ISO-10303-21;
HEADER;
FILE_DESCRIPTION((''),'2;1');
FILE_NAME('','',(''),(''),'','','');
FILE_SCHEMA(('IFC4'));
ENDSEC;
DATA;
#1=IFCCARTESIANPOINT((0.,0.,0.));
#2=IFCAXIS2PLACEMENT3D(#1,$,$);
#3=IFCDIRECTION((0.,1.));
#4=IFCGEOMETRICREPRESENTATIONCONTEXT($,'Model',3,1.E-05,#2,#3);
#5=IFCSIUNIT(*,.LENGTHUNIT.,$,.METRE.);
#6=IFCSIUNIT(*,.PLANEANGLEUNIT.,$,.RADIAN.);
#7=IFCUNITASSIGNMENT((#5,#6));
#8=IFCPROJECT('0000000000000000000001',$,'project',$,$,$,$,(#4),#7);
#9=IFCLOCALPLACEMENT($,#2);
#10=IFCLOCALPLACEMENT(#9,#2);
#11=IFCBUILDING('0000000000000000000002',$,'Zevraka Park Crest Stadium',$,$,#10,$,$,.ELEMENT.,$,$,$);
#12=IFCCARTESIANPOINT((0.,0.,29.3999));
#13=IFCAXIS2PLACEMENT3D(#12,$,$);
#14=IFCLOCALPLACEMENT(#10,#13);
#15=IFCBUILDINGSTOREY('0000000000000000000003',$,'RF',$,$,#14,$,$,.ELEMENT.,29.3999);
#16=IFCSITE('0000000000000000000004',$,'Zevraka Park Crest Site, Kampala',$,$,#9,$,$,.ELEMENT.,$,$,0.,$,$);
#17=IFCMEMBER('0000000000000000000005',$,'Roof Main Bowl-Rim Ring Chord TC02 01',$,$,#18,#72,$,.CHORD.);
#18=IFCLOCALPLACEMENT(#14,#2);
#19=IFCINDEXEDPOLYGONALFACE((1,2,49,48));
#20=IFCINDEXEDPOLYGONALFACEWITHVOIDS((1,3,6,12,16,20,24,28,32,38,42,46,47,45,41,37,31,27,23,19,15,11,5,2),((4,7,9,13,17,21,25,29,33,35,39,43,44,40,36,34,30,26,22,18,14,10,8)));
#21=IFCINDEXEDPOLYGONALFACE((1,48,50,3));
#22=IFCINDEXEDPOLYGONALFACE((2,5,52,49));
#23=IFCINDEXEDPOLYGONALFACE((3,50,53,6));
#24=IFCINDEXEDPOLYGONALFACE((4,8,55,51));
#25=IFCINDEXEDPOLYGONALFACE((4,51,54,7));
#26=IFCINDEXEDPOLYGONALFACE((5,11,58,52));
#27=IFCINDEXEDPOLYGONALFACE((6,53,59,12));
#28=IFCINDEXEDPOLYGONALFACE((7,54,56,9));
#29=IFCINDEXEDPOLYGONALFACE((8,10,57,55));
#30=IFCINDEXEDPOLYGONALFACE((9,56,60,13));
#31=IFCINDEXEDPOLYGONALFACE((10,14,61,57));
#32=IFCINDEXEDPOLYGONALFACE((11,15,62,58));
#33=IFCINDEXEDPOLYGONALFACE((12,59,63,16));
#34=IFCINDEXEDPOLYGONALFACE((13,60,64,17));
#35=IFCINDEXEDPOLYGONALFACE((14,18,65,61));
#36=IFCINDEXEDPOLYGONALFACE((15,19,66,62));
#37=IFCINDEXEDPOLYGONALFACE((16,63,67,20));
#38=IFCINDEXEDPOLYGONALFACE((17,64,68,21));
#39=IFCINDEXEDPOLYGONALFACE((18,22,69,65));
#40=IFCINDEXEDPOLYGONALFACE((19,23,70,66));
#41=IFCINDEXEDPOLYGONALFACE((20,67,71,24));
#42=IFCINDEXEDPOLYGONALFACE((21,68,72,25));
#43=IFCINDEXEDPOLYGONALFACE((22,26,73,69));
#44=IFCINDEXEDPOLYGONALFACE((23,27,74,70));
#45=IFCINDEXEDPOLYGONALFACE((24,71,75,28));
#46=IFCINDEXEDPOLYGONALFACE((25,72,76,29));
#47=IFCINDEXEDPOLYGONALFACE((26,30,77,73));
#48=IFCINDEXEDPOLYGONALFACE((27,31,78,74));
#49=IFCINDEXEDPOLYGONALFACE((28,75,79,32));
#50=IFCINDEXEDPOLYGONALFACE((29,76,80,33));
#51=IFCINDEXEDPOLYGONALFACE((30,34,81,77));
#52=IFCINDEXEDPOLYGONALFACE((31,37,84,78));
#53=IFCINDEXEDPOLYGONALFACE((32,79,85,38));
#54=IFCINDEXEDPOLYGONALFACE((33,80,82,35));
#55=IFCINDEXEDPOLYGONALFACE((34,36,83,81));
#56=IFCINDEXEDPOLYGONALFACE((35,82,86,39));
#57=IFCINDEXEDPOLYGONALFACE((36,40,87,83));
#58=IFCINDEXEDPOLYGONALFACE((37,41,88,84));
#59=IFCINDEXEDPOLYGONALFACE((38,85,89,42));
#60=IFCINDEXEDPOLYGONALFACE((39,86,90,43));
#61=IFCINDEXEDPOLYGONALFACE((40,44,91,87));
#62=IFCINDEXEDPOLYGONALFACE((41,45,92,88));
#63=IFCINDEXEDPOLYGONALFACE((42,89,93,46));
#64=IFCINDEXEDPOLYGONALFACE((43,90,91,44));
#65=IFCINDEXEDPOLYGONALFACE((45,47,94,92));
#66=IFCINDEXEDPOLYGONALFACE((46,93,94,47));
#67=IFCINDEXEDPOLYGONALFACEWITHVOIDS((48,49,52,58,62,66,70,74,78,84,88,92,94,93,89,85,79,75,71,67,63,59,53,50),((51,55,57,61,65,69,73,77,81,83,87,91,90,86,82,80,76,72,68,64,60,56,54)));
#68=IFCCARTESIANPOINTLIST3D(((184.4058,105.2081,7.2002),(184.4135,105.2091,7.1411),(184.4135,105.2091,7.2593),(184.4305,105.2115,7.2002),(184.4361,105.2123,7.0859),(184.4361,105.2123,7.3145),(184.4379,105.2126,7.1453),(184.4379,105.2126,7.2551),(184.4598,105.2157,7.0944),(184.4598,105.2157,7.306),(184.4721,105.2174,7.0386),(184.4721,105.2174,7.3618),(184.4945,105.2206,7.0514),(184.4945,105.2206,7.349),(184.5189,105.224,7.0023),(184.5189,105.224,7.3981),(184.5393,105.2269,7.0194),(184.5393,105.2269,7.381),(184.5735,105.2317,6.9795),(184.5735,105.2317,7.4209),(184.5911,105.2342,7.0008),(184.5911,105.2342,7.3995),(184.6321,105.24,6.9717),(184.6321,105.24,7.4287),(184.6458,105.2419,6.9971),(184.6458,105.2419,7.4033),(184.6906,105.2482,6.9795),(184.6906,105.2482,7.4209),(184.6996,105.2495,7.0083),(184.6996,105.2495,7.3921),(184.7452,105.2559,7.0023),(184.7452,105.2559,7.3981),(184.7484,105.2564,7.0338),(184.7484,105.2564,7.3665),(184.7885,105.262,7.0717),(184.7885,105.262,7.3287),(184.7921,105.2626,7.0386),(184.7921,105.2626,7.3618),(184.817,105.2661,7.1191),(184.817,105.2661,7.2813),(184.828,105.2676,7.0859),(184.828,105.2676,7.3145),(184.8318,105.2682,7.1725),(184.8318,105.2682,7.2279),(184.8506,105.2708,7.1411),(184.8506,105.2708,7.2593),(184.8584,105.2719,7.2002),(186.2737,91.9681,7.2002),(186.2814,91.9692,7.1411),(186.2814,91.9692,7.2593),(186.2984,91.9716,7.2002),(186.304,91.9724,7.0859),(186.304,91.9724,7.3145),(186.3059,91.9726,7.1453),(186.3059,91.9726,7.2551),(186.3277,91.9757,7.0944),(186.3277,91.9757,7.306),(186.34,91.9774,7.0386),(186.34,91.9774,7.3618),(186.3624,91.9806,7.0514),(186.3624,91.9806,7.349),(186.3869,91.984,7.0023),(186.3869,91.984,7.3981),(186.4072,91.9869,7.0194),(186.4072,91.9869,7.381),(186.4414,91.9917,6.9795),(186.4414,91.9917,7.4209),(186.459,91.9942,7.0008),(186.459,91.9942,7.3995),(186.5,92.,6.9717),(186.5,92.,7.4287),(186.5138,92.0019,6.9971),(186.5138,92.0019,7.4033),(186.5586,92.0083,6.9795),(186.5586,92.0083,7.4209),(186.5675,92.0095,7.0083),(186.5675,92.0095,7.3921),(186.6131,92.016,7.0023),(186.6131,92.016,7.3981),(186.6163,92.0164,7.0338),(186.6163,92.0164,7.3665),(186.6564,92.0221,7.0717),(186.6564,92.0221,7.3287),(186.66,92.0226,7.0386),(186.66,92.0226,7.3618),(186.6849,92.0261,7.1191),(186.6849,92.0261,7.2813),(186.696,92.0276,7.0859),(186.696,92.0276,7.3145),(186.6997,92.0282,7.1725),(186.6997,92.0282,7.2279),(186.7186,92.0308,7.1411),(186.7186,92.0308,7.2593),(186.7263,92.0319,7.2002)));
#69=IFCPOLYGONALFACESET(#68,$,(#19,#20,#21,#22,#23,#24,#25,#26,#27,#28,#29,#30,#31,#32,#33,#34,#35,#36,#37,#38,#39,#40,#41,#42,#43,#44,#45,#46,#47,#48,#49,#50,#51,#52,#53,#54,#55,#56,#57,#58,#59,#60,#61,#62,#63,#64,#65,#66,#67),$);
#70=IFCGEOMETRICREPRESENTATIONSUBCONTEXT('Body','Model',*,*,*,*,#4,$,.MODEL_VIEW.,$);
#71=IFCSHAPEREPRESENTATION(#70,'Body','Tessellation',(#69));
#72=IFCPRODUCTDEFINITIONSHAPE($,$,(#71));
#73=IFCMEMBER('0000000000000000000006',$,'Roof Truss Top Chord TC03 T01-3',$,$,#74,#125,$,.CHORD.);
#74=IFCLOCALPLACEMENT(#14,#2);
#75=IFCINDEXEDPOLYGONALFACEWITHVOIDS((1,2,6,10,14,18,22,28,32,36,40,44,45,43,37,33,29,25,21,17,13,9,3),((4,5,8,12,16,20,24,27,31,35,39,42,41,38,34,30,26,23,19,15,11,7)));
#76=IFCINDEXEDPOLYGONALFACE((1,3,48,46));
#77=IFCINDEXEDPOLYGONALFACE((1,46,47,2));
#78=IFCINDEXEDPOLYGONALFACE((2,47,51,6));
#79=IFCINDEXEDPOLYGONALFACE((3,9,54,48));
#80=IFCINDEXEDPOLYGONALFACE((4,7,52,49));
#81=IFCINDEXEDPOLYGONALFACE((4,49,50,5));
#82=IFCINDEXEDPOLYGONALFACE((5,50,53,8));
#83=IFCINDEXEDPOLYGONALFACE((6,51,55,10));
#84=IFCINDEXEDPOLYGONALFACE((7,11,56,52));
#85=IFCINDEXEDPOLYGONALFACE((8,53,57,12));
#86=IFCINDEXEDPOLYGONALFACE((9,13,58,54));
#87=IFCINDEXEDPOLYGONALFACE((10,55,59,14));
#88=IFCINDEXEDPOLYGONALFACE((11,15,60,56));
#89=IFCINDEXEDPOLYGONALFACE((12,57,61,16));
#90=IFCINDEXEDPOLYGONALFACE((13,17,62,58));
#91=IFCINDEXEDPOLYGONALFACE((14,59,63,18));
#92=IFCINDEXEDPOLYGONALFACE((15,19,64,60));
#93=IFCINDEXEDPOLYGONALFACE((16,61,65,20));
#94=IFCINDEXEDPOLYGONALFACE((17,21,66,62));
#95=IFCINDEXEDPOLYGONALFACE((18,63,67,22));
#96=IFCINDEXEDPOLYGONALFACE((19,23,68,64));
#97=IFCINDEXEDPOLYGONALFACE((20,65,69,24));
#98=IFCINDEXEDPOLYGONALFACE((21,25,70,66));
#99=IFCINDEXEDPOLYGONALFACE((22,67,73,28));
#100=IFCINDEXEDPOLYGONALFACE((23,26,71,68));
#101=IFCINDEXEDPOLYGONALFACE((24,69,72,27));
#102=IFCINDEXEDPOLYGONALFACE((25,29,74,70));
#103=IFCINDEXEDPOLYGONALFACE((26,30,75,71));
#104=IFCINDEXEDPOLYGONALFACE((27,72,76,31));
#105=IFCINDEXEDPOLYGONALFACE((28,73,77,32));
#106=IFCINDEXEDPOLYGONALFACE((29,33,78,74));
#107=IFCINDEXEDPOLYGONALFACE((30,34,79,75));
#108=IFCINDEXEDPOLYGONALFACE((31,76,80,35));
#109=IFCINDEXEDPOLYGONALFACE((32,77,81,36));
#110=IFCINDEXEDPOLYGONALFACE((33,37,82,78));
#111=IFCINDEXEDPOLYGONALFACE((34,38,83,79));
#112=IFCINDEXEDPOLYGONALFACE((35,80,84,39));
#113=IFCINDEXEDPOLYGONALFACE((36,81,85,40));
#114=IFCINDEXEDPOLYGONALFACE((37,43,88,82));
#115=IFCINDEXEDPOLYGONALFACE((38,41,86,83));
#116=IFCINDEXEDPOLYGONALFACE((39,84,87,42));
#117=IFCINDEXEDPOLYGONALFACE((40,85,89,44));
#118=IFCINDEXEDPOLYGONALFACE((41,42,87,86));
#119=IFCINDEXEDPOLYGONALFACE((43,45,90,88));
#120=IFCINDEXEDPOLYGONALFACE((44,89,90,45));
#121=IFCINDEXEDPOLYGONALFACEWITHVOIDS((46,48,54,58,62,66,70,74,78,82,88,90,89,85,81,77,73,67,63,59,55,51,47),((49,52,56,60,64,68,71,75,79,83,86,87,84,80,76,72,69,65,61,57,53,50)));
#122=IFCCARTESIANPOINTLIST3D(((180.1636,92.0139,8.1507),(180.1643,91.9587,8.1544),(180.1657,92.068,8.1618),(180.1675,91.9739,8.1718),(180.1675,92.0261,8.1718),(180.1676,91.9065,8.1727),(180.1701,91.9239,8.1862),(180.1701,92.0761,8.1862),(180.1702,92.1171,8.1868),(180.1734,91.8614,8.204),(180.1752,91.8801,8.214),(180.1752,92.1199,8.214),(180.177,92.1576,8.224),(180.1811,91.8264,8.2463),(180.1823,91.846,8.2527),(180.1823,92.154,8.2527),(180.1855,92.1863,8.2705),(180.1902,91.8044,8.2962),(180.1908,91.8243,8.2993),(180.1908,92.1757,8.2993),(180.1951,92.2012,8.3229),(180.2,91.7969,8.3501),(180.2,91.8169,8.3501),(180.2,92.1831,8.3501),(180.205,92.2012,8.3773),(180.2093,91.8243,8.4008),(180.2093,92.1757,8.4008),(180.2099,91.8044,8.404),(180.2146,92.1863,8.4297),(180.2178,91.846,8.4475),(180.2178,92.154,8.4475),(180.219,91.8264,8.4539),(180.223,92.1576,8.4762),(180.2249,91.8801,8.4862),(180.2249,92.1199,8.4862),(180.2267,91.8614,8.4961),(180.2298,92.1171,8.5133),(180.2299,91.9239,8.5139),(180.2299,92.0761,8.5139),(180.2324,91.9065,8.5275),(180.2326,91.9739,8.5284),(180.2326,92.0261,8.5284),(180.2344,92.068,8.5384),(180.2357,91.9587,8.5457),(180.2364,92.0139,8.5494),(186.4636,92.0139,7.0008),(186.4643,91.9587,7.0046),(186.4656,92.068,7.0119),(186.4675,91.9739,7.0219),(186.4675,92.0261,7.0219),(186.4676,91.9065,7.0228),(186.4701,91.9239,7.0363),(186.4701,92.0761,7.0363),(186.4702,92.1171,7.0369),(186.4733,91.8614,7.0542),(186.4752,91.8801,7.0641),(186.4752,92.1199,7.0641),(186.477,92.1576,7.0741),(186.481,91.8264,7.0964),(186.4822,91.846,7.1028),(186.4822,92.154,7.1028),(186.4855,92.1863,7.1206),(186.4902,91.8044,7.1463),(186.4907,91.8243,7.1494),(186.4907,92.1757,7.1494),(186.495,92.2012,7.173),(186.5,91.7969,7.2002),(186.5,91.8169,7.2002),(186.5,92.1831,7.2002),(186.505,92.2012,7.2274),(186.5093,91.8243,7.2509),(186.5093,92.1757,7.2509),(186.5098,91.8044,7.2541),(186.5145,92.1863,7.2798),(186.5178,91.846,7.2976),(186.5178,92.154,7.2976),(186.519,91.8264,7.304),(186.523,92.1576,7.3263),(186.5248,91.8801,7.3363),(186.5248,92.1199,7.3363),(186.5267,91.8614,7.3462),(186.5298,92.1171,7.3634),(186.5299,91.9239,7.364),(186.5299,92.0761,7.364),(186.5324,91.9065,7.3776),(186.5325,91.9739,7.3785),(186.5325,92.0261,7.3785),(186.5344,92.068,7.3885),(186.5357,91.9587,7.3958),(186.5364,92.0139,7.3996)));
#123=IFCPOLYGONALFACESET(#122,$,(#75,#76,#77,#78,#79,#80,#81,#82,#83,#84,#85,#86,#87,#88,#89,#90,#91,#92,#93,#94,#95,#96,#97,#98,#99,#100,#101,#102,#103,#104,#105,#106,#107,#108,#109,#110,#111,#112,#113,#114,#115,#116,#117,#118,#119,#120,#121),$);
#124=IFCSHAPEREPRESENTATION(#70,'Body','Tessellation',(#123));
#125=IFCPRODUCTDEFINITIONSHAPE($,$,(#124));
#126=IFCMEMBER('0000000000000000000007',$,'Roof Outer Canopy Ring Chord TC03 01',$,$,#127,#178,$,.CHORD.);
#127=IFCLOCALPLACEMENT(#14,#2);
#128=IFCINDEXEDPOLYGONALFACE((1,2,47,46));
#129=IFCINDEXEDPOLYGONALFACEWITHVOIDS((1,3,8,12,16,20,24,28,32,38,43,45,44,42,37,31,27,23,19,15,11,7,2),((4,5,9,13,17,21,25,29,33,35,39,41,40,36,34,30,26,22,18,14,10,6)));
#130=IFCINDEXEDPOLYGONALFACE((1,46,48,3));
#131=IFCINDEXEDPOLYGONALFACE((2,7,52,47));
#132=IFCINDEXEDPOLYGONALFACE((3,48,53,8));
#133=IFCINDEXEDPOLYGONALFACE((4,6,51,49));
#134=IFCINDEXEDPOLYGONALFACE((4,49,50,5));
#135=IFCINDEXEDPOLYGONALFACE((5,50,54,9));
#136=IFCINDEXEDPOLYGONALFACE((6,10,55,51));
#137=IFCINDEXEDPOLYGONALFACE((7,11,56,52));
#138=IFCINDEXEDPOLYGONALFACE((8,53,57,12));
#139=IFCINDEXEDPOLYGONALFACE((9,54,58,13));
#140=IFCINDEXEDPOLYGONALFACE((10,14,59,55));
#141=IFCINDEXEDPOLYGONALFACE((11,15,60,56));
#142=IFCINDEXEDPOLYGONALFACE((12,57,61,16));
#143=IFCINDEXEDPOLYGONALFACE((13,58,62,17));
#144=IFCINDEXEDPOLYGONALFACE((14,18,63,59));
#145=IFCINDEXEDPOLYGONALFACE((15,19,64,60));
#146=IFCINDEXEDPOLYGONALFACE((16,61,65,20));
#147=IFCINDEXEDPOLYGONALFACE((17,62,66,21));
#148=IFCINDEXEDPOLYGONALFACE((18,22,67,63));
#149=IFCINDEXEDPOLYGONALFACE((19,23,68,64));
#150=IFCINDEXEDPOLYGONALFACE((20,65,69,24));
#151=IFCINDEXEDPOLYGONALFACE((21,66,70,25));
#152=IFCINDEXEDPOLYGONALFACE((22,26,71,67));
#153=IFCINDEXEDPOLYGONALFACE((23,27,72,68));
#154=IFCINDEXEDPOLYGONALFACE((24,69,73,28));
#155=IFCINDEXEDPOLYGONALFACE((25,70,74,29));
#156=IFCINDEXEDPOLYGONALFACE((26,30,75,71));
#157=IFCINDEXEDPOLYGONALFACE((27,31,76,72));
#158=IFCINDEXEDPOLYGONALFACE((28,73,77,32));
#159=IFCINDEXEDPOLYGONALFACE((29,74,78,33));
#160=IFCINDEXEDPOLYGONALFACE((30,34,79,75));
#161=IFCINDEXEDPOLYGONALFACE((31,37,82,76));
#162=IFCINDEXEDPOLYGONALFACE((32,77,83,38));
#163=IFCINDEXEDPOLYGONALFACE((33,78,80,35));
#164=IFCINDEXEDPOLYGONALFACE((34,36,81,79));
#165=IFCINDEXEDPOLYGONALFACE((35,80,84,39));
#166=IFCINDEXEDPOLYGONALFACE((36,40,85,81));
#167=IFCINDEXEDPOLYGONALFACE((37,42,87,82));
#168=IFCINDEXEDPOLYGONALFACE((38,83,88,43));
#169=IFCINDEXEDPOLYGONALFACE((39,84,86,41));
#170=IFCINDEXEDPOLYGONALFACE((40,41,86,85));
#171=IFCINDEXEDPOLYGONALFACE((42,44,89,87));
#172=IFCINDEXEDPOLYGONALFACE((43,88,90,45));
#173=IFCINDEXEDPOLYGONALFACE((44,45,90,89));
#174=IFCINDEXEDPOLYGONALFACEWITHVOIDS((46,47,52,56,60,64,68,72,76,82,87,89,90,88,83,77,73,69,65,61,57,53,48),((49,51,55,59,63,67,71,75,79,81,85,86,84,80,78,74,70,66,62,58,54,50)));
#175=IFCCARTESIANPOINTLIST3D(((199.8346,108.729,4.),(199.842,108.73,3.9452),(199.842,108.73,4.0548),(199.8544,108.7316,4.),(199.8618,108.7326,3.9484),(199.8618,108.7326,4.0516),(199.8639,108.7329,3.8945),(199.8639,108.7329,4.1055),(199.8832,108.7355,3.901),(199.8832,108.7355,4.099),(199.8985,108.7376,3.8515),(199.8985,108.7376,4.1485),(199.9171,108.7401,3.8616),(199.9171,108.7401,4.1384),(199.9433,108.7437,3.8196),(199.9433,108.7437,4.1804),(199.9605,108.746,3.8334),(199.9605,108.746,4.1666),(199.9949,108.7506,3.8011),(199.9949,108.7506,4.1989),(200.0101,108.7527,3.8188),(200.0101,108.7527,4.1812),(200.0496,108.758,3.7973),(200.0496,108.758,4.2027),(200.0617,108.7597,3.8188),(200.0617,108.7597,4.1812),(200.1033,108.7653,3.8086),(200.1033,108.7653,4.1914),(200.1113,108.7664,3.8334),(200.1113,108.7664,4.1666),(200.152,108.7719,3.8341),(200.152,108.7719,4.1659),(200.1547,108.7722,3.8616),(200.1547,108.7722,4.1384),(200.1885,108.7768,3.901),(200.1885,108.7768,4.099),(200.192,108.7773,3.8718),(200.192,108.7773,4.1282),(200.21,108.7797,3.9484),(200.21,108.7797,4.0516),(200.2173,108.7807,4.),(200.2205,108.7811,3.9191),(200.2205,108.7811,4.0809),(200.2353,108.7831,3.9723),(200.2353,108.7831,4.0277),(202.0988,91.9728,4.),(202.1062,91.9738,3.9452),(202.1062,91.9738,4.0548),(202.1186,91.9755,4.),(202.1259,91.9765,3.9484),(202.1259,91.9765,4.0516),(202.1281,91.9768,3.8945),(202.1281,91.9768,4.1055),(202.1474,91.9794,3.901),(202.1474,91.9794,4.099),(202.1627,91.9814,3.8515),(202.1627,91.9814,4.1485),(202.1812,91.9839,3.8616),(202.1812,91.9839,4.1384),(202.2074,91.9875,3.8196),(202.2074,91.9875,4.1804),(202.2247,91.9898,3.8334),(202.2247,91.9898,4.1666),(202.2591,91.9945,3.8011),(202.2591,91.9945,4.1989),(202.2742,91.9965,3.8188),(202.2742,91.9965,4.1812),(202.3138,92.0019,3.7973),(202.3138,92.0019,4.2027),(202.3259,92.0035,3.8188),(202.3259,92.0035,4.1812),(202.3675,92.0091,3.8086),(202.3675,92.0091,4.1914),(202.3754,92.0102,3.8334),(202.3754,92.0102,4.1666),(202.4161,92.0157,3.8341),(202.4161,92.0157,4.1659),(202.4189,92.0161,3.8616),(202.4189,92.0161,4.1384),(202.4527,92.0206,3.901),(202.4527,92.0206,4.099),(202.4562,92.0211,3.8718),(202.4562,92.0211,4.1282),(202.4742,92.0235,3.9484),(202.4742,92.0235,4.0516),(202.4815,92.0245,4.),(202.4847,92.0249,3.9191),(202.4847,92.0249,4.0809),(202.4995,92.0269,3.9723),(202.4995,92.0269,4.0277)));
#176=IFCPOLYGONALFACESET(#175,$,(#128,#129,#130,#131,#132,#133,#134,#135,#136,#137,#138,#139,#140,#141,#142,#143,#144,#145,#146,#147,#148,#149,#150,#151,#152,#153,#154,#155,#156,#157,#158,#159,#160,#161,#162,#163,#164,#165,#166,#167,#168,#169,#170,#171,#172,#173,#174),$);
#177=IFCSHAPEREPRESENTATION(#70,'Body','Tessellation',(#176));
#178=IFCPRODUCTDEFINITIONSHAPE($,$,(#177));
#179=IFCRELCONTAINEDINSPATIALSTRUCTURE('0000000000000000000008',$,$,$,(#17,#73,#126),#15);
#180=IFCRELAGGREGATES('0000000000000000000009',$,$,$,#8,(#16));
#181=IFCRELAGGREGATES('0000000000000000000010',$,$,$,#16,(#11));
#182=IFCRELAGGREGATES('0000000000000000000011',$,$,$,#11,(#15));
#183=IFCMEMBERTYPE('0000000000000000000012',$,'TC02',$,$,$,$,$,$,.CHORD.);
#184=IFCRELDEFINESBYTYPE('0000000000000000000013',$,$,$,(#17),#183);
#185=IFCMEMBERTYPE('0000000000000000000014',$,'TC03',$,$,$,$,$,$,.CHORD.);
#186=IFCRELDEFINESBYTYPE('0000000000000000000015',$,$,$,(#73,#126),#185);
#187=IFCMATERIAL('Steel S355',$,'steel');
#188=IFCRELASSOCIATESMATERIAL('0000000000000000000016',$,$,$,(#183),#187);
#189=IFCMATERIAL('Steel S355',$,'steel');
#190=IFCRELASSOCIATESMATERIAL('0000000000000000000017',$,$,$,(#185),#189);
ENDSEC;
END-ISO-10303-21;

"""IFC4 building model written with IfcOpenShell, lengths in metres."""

from ifc_helpers import new_model, si_unit, direction, frame, origin, origin_2d, place, context, subcontext, project, spatial, hollow_circle, extrude, material, material_profile, profile_set, type_object, element, save


model = new_model("IFC4")

# Units and contexts
model_context = context("Model", 3, precision=1e-05, world=origin(), true_north=direction((0.0, 1.0)))
body_context = subcontext(model_context, "Body", "Model", "MODEL_VIEW")
ifc_project = project(units=[si_unit("LENGTHUNIT", "METRE"), si_unit("PLANEANGLEUNIT", "RADIAN")], contexts=[model_context])

# Site, building, storey
site_placement = place(None, origin())
site = spatial("IfcSite", under=ifc_project, at=site_placement, Name="Zevraka Park Crest Site, Kampala", CompositionType="ELEMENT", RefElevation=0.0)
building_placement = place(site_placement, origin())
building = spatial("IfcBuilding", under=site, at=building_placement, Name="Zevraka Park Crest Stadium", CompositionType="ELEMENT")
storey_placement = place(building_placement, frame((0.0, 0.0, 29.3999)))
storey = spatial("IfcBuildingStorey", under=building, at=storey_placement, Name="RF", CompositionType="ELEMENT", Elevation=29.3999)

# Members
ifc_material_1 = material(Name="Steel S355", Category="steel")
ifc_material_profile_1 = material_profile(ifc_material_1, hollow_circle(Radius=0.2285, WallThickness=0.0249, at=origin_2d()), Name="CHS 457.0x25")
ifc_profile_set_1 = profile_set([ifc_material_profile_1], Name="Steel S355")
member_type_1 = type_object("IfcMemberType", Name="TC02", PredefinedType="CHORD", material=ifc_profile_set_1)
member_1_placement = place(storey_placement, frame((186.5, 92.0, 7.2002), z_axis=(-0.139698, 0.990194, 0.0), x_axis=(-0.990194, -0.139698, 0.0)))
element("IfcMember", 1, at=member_1_placement, inside=storey, type_object=member_type_1, Name="Roof Main Bowl-Rim Ring Chord TC02 01", PredefinedType="CHORD", context=body_context, shape_type="SweptSolid", body=[
    extrude(hollow_circle(Radius=0.2285, WallThickness=0.0249, at=origin_2d()), origin(), (0.0, 0.0, 1.0), 13.3711),
])
ifc_material_2 = material(Name="Steel S355", Category="steel")
ifc_material_profile_2 = material_profile(ifc_material_2, hollow_circle(Radius=0.2031, WallThickness=0.02, at=origin_2d()), Name="CHS 406.4x20")
ifc_profile_set_2 = profile_set([ifc_material_profile_2], Name="Steel S355")
member_type_2 = type_object("IfcMemberType", Name="TC03", PredefinedType="CHORD", material=ifc_profile_set_2)
member_2_placement = place(storey_placement, frame((186.5, 92.0, 7.2002), z_axis=(-0.983748, 0.0, 0.179556), x_axis=(0.0, -1.0, 0.0)))
element("IfcMember", 2, at=member_2_placement, inside=storey, type_object=member_type_2, Name="Roof Truss Top Chord TC03 T01-3", PredefinedType="CHORD", context=body_context, shape_type="SweptSolid", body=[
    extrude(hollow_circle(Radius=0.2031, WallThickness=0.02, at=origin_2d()), origin(), (0.0, 0.0, 1.0), 6.4041),
])
member_3_placement = place(storey_placement, frame((202.3, 92.0, 4.0), z_axis=(-0.133908, 0.990994, 0.0), x_axis=(-0.990994, -0.133908, 0.0)))
element("IfcMember", 3, at=member_3_placement, inside=storey, type_object=member_type_2, Name="Roof Outer Canopy Ring Chord TC03 01", PredefinedType="CHORD", context=body_context, shape_type="SweptSolid", body=[
    extrude(hollow_circle(Radius=0.2031, WallThickness=0.02, at=origin_2d()), origin(), (0.0, 0.0, 1.0), 16.9084),
])

save(model, "model.ifc")
